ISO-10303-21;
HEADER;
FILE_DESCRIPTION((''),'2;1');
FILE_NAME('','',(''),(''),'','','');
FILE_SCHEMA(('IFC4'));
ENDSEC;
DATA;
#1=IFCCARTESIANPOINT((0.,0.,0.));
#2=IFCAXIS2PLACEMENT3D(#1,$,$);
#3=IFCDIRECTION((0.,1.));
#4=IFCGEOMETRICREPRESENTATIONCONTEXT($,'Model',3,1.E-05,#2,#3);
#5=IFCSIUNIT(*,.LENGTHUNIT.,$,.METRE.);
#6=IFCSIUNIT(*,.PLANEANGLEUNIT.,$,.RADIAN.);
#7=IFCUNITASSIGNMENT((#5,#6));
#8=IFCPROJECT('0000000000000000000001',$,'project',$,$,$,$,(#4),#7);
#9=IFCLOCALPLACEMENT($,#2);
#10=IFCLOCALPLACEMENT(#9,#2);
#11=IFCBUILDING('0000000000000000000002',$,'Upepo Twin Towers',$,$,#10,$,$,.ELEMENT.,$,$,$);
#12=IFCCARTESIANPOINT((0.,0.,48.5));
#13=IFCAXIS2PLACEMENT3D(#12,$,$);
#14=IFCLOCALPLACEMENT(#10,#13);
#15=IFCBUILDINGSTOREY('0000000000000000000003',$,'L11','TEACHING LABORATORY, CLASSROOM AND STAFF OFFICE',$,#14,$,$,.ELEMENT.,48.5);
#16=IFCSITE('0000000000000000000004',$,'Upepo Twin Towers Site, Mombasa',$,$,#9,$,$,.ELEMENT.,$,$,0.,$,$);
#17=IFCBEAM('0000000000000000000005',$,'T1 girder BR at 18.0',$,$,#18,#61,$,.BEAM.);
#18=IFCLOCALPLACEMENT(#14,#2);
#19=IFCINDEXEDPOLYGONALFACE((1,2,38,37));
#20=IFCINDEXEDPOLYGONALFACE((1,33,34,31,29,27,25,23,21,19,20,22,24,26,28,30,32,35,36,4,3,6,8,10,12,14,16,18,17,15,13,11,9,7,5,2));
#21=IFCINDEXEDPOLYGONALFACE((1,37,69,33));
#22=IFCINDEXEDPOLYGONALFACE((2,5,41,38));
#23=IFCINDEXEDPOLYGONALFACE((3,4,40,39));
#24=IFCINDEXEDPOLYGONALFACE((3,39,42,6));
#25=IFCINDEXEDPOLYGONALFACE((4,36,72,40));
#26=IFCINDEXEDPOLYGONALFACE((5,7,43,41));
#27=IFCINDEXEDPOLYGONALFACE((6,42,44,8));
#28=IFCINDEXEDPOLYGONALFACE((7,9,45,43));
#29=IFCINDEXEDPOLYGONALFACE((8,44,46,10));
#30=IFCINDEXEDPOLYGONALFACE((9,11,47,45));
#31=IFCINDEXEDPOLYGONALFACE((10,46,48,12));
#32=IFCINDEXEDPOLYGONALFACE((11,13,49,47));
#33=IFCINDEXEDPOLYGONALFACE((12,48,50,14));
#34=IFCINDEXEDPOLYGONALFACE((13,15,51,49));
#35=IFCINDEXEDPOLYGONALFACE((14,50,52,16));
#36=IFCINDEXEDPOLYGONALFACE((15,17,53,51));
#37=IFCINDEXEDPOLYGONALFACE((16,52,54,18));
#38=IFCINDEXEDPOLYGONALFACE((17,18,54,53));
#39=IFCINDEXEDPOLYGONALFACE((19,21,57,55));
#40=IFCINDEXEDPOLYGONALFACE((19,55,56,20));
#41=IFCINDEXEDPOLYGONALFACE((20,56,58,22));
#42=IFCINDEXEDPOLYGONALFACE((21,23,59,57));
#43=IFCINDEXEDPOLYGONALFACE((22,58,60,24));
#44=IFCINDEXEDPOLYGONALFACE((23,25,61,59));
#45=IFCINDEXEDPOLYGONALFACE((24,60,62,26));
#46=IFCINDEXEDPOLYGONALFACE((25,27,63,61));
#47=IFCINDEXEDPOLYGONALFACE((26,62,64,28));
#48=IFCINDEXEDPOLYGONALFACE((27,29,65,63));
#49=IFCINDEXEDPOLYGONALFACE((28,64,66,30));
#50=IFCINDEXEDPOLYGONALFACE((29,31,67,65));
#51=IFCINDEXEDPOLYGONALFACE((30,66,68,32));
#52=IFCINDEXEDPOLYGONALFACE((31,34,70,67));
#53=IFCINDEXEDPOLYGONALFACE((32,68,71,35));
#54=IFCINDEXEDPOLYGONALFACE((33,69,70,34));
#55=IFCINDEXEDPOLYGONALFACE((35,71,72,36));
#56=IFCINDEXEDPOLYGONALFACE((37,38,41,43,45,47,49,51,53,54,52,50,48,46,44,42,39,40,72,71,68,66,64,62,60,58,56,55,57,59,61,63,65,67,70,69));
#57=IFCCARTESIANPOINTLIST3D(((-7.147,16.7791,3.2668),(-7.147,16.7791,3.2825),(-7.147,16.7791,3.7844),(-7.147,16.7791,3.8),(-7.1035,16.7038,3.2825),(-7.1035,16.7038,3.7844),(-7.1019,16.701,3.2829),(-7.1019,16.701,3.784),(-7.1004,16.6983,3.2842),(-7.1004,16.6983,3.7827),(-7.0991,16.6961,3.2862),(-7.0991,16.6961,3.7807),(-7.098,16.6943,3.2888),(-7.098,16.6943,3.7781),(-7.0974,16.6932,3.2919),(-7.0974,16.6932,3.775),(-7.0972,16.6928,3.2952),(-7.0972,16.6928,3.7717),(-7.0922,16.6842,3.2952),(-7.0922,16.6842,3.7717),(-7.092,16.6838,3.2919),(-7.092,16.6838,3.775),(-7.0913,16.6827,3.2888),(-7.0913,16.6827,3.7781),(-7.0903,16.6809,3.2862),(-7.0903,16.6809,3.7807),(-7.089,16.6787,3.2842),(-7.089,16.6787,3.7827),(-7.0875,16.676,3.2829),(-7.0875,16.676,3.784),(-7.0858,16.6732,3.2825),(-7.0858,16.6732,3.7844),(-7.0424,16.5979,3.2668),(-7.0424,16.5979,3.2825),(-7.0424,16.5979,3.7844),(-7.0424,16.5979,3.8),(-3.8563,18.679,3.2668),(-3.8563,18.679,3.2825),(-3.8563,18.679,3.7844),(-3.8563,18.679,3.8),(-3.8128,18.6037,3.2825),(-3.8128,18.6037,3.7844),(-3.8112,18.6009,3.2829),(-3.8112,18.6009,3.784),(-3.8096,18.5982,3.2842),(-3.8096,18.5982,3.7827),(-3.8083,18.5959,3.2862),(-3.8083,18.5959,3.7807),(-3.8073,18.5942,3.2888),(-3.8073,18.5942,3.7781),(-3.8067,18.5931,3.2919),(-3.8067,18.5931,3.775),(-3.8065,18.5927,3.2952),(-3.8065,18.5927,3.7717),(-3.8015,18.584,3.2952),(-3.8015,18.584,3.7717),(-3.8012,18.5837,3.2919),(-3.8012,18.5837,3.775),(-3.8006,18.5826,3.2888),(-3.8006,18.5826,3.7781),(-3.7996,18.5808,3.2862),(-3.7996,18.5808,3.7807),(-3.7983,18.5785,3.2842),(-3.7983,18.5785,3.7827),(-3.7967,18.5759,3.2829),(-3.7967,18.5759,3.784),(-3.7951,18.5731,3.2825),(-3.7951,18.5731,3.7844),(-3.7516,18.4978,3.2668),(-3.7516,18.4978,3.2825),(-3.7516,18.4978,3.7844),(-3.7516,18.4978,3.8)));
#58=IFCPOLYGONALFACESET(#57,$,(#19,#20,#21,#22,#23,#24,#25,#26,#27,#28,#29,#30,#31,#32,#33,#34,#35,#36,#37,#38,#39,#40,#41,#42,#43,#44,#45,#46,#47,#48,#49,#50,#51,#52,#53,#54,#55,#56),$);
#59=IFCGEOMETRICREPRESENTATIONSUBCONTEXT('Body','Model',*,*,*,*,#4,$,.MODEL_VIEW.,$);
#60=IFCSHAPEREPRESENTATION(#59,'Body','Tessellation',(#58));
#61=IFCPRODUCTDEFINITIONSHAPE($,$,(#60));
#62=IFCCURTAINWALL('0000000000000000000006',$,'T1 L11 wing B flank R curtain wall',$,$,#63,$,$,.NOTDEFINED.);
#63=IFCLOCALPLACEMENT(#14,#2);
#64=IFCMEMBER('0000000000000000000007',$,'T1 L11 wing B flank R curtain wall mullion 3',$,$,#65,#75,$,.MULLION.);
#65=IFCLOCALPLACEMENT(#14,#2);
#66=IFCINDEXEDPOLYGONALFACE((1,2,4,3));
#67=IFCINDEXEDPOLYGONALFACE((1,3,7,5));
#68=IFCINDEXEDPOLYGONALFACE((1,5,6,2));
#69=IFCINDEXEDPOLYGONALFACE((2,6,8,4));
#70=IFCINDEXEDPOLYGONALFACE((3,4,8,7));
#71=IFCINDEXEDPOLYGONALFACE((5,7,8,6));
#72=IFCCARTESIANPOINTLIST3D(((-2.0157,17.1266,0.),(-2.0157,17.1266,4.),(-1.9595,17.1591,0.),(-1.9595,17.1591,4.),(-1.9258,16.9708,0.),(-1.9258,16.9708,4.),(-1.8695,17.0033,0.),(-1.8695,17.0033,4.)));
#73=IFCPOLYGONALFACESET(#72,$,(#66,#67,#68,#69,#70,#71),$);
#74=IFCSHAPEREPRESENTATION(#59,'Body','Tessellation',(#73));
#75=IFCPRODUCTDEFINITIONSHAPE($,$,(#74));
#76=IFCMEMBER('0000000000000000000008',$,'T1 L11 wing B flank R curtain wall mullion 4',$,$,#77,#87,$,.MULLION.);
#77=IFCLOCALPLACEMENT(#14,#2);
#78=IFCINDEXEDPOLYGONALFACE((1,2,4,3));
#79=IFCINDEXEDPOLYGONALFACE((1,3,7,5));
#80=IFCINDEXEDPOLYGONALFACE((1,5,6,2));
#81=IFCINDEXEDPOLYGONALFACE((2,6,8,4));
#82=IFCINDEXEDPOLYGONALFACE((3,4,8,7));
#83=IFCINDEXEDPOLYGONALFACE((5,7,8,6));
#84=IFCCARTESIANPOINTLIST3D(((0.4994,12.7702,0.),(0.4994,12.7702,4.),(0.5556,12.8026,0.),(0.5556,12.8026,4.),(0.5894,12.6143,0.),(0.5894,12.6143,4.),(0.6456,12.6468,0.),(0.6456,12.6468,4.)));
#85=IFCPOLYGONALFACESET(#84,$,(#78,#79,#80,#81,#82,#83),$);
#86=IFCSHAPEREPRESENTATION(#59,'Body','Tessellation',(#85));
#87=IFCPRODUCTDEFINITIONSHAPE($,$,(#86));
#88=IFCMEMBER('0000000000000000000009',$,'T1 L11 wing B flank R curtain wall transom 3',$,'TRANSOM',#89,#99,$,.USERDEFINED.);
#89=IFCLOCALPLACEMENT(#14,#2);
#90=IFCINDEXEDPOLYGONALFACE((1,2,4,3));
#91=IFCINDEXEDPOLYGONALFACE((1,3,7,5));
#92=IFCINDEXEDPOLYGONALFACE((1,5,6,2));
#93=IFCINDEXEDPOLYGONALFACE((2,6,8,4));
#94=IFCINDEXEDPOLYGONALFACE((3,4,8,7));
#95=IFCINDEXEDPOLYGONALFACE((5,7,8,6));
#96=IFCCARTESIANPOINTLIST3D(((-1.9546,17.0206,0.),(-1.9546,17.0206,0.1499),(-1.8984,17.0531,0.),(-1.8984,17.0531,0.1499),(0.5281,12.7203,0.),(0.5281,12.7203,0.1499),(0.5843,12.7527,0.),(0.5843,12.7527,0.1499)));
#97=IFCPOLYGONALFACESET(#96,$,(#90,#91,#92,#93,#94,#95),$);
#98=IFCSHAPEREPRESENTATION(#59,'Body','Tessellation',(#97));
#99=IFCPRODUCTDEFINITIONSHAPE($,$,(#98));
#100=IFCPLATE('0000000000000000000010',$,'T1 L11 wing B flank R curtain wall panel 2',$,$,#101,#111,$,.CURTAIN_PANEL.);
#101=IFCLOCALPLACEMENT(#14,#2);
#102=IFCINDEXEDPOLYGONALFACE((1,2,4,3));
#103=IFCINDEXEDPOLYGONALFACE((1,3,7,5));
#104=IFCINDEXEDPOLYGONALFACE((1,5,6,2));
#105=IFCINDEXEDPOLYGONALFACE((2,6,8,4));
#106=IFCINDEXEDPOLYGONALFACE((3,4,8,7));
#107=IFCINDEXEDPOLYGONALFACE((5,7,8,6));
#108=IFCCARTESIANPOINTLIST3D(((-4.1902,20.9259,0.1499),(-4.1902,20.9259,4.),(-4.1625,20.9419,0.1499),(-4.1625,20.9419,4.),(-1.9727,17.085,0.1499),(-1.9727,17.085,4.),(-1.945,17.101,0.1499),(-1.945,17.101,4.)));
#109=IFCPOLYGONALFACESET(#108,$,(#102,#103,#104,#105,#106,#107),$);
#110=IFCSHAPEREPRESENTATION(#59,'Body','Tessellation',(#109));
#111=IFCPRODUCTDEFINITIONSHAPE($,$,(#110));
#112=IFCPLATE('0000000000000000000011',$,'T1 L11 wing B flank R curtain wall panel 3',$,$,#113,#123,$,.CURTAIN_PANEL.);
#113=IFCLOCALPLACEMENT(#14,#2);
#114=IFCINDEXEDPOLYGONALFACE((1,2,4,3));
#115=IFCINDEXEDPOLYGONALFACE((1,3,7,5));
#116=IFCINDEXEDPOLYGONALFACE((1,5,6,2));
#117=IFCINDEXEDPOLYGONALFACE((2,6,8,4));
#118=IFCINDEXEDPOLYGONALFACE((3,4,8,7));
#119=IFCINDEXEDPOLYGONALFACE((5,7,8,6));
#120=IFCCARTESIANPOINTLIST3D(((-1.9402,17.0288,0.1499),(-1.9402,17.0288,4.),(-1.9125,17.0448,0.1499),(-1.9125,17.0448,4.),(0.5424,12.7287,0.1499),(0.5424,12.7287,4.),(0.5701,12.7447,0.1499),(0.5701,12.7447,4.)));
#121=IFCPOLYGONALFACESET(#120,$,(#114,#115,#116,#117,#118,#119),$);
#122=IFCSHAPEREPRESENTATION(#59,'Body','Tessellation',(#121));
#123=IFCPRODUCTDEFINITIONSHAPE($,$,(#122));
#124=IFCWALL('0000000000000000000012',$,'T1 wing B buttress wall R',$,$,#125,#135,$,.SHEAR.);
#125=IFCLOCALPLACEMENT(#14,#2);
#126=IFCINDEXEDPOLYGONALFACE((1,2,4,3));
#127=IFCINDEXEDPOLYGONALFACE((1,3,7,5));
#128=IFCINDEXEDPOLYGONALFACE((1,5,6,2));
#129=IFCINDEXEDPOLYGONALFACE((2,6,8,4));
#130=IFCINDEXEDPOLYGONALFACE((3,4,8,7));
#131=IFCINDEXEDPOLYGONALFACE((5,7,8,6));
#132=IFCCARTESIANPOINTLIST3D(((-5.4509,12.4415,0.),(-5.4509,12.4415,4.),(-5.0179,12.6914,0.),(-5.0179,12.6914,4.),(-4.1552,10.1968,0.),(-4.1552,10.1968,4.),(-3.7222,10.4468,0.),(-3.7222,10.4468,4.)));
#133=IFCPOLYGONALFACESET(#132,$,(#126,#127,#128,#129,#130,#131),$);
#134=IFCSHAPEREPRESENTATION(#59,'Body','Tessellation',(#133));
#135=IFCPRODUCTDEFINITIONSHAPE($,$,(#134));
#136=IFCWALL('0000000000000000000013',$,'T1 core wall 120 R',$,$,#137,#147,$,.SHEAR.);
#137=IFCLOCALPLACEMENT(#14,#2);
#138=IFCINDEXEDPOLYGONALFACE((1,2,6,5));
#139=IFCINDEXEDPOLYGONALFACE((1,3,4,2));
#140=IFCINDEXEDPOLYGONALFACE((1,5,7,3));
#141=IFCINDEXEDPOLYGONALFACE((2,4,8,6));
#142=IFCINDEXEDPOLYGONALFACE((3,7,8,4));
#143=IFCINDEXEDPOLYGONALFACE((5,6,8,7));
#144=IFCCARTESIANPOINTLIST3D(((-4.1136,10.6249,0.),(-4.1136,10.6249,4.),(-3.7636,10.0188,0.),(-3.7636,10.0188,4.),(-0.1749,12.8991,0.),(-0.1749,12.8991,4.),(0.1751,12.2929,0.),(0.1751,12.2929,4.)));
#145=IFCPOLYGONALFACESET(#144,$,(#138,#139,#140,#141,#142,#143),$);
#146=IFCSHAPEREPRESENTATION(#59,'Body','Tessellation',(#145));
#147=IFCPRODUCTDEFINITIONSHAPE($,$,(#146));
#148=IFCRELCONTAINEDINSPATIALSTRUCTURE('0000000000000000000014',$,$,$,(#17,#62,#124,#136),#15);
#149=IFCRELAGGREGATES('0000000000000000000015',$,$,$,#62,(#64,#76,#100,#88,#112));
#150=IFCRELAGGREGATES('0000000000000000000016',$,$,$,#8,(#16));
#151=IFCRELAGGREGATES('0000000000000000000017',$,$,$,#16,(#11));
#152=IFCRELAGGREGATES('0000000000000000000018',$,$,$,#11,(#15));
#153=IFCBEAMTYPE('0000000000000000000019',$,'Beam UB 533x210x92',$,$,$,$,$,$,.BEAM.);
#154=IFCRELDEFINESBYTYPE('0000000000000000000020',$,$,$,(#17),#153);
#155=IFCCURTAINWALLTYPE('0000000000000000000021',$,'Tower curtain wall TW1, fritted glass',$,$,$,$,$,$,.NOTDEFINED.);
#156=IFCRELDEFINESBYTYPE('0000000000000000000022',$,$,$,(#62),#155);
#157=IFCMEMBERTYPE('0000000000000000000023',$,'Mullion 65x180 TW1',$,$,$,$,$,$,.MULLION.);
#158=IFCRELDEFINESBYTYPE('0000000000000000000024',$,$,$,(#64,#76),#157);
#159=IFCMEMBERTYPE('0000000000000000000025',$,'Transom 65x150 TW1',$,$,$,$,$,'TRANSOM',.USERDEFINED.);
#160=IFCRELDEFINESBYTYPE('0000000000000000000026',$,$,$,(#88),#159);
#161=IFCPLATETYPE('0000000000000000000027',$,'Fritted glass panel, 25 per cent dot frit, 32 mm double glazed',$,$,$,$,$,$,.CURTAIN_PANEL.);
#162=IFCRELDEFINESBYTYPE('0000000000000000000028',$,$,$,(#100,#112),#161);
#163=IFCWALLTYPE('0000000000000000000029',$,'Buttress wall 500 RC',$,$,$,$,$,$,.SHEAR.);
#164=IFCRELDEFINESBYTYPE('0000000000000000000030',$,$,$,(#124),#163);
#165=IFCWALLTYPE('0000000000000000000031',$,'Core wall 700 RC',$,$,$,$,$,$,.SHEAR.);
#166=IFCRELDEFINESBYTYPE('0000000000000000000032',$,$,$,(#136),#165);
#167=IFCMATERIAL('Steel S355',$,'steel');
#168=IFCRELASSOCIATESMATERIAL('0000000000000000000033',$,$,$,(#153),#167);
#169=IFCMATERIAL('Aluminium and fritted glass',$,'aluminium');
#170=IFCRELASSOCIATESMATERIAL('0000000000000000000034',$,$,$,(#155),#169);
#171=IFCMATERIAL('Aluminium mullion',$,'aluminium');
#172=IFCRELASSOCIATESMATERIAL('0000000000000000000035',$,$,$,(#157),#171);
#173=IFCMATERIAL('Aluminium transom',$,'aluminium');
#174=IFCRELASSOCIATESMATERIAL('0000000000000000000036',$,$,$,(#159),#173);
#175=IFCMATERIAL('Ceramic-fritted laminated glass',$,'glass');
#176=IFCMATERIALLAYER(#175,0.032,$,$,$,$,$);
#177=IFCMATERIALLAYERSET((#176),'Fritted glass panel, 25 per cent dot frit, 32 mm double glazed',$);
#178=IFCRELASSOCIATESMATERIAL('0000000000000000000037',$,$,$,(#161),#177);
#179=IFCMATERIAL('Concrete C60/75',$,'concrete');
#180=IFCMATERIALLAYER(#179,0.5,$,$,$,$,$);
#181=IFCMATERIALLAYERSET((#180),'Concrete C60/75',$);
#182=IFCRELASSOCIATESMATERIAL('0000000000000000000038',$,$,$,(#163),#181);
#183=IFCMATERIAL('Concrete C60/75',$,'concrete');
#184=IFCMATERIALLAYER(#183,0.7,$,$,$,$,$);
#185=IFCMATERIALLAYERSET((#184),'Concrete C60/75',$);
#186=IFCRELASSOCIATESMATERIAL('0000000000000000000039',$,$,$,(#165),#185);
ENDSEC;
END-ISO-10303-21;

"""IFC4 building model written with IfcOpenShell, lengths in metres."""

from ifc_helpers import new_model, si_unit, direction, frame, frame_2d, origin, origin_2d, place, context, subcontext, project, spatial, rectangle, i_section, extrude, material, layer, layer_set, material_profile, profile_set, type_object, element, aggregate, save


model = new_model("IFC4")

# Units and contexts
model_context = context("Model", 3, precision=1e-05, world=origin(), true_north=direction((0.0, 1.0)))
body_context = subcontext(model_context, "Body", "Model", "MODEL_VIEW")
ifc_project = project(units=[si_unit("LENGTHUNIT", "METRE"), si_unit("PLANEANGLEUNIT", "RADIAN")], contexts=[model_context])

# Site, building, storey
site_placement = place(None, origin())
site = spatial("IfcSite", under=ifc_project, at=site_placement, Name="Upepo Twin Towers Site, Mombasa", CompositionType="ELEMENT", RefElevation=0.0)
building_placement = place(site_placement, origin())
building = spatial("IfcBuilding", under=site, at=building_placement, Name="Upepo Twin Towers", CompositionType="ELEMENT")
storey_placement = place(building_placement, frame((0.0, 0.0, 48.5)))
storey = spatial("IfcBuildingStorey", under=building, at=storey_placement, Name="L11", Description="TEACHING LABORATORY, CLASSROOM AND STAFF OFFICE", CompositionType="ELEMENT", Elevation=48.5)

# Beam
ifc_material_1 = material(Name="Steel S355", Category="steel")
ifc_material_profile_1 = material_profile(ifc_material_1, i_section(OverallWidth=0.2092, OverallDepth=0.5332, WebThickness=0.01, FlangeThickness=0.0156, FilletRadius=0.0127, at=origin_2d()), Name="UB 533x210x92")
ifc_profile_set_1 = profile_set([ifc_material_profile_1], Name="Steel S355")
beam_type_1 = type_object("IfcBeamType", Name="Beam UB 533x210x92", PredefinedType="BEAM", material=ifc_profile_set_1)
beam_1_placement = place(storey_placement, frame((-3.804, 18.5884, 3.5334), z_axis=(-0.866028, -0.499995, 0.0), x_axis=(0.499995, -0.866028, 0.0)))
element("IfcBeam", 1, at=beam_1_placement, inside=storey, type_object=beam_type_1, Name="T1 girder BR at 18.0", PredefinedType="BEAM", context=body_context, shape_type="SweptSolid", body=[
    extrude(i_section(OverallWidth=0.2092, OverallDepth=0.5332, WebThickness=0.01, FlangeThickness=0.0156, FilletRadius=0.0127, at=origin_2d()), origin(), (0.0, 0.0, 1.0), 3.7998),
])

# Curtain wall, members, plates
ifc_material_2 = material(Name="Aluminium and fritted glass", Category="aluminium")
curtain_wall_type = type_object("IfcCurtainWallType", Name="Tower curtain wall TW1, fritted glass", PredefinedType="NOTDEFINED", material=ifc_material_2)
curtain_wall_placement = place(storey_placement, origin())
curtain_wall = element("IfcCurtainWall", 2, at=curtain_wall_placement, inside=storey, type_object=curtain_wall_type, Name="T1 L11 wing B flank R curtain wall", PredefinedType="NOTDEFINED")
ifc_material_3 = material(Name="Aluminium mullion", Category="aluminium")
ifc_material_profile_2 = material_profile(ifc_material_3, rectangle(XDim=0.0649, YDim=0.1799, at=origin_2d()), Name="MULLION 65x180")
ifc_profile_set_2 = profile_set([ifc_material_profile_2], Name="Aluminium mullion")
member_type_1 = type_object("IfcMemberType", Name="Mullion 65x180 TW1", PredefinedType="MULLION", material=ifc_profile_set_2)
member_1_placement = place(storey_placement, frame((-1.9426, 17.0649, 0.0), z_axis=(0.0, 0.0, 1.0), x_axis=(0.866025, 0.5, 0.0)))
member_1 = element("IfcMember", 3, at=member_1_placement, type_object=member_type_1, Name="T1 L11 wing B flank R curtain wall mullion 3", PredefinedType="MULLION", context=body_context, shape_type="SweptSolid", body=[
    extrude(rectangle(XDim=0.0649, YDim=0.1799, at=origin_2d()), origin(), (0.0, 0.0, 1.0), 4.0),
])
member_2_placement = place(storey_placement, frame((0.5725, 12.7085, 0.0), z_axis=(0.0, 0.0, 1.0), x_axis=(0.866025, 0.5, 0.0)))
member_2 = element("IfcMember", 4, at=member_2_placement, type_object=member_type_1, Name="T1 L11 wing B flank R curtain wall mullion 4", PredefinedType="MULLION", context=body_context, shape_type="SweptSolid", body=[
    extrude(rectangle(XDim=0.0649, YDim=0.1799, at=origin_2d()), origin(), (0.0, 0.0, 1.0), 4.0),
])
ifc_material_4 = material(Name="Aluminium transom", Category="aluminium")
ifc_material_profile_3 = material_profile(ifc_material_4, rectangle(XDim=0.0649, YDim=0.1499, at=origin_2d()), Name="TRANSOM 65x150")
ifc_profile_set_3 = profile_set([ifc_material_profile_3], Name="Aluminium transom")
member_type_2 = type_object("IfcMemberType", Name="Transom 65x150 TW1", ElementType="TRANSOM", PredefinedType="USERDEFINED", material=ifc_profile_set_3)
member_3_placement = place(storey_placement, frame((-1.9265, 17.0369, 0.075), z_axis=(0.499983, -0.866035, 0.0), x_axis=(0.866035, 0.499983, 0.0)))
member_3 = element("IfcMember", 5, at=member_3_placement, type_object=member_type_2, Name="T1 L11 wing B flank R curtain wall transom 3", ObjectType="TRANSOM", PredefinedType="USERDEFINED", context=body_context, shape_type="SweptSolid", body=[
    extrude(rectangle(XDim=0.0649, YDim=0.1499, at=origin_2d()), origin(), (0.0, 0.0, 1.0), 4.9656),
])
ifc_material_5 = material(Name="Ceramic-fritted laminated glass", Category="glass")
ifc_layer_1 = layer(ifc_material_5, 0.032)
ifc_layer_set_1 = layer_set([ifc_layer_1], Name="Fritted glass panel, 25 per cent dot frit, 32 mm double glazed")
plate_type = type_object("IfcPlateType", Name="Fritted glass panel, 25 per cent dot frit, 32 mm double glazed", PredefinedType="CURTAIN_PANEL", material=ifc_layer_set_1)
plate_1_placement = place(storey_placement, frame((-3.0676, 19.0134, 0.1499), z_axis=(0.0, 0.0, 1.0), x_axis=(0.5, -0.866025, 0.0)))
plate_1 = element("IfcPlate", 6, at=plate_1_placement, type_object=plate_type, Name="T1 L11 wing B flank R curtain wall panel 2", PredefinedType="CURTAIN_PANEL", context=body_context, shape_type="SweptSolid", body=[
    extrude(rectangle(XDim=4.4351, YDim=0.032, at=origin_2d()), origin(), (0.0, 0.0, 1.0), 3.8501),
])
plate_2_placement = place(storey_placement, frame((-0.6851, 14.8867, 0.1499), z_axis=(0.0, 0.0, 1.0), x_axis=(0.5, -0.866025, 0.0)))
plate_2 = element("IfcPlate", 7, at=plate_2_placement, type_object=plate_type, Name="T1 L11 wing B flank R curtain wall panel 3", PredefinedType="CURTAIN_PANEL", context=body_context, shape_type="SweptSolid", body=[
    extrude(rectangle(XDim=4.9653, YDim=0.032, at=origin_2d()), origin(), (0.0, 0.0, 1.0), 3.8501),
])
aggregate(curtain_wall, [member_1, member_2, plate_1, member_3, plate_2])

# Walls
ifc_material_6 = material(Name="Concrete C60/75", Category="concrete")
ifc_layer_2 = layer(ifc_material_6, 0.5)
ifc_layer_set_2 = layer_set([ifc_layer_2], Name="Concrete C60/75")
wall_type_1 = type_object("IfcWallType", Name="Buttress wall 500 RC", PredefinedType="SHEAR", material=ifc_layer_set_2)
wall_1_placement = place(storey_placement, frame((-3.9387, 10.3218, 0.0), z_axis=(0.0, 0.0, 1.0), x_axis=(-0.499918, 0.866073, 0.0)))
element("IfcWall", 8, at=wall_1_placement, inside=storey, type_object=wall_type_1, Name="T1 wing B buttress wall R", PredefinedType="SHEAR", context=body_context, shape_type="SweptSolid", body=[
    extrude(rectangle(XDim=2.5918, YDim=0.5, at=frame_2d((1.2959, 0.0))), origin(), (0.0, 0.0, 1.0), 4.0),
])
ifc_material_7 = material(Name="Concrete C60/75", Category="concrete")
ifc_layer_3 = layer(ifc_material_7, 0.7)
ifc_layer_set_3 = layer_set([ifc_layer_3], Name="Concrete C60/75")
wall_type_2 = type_object("IfcWallType", Name="Core wall 700 RC", PredefinedType="SHEAR", material=ifc_layer_set_3)
wall_2_placement = place(storey_placement, frame((0.0, 12.5959, 0.0), z_axis=(0.0, 0.0, 1.0), x_axis=(-0.866011, -0.500024, 0.0)))
element("IfcWall", 9, at=wall_2_placement, inside=storey, type_object=wall_type_2, Name="T1 core wall 120 R", PredefinedType="SHEAR", context=body_context, shape_type="SweptSolid", body=[
    extrude(rectangle(XDim=4.5481, YDim=0.7, at=frame_2d((2.2739, 0.0))), origin(), (0.0, 0.0, 1.0), 4.0),
])

save(model, "model.ifc")
